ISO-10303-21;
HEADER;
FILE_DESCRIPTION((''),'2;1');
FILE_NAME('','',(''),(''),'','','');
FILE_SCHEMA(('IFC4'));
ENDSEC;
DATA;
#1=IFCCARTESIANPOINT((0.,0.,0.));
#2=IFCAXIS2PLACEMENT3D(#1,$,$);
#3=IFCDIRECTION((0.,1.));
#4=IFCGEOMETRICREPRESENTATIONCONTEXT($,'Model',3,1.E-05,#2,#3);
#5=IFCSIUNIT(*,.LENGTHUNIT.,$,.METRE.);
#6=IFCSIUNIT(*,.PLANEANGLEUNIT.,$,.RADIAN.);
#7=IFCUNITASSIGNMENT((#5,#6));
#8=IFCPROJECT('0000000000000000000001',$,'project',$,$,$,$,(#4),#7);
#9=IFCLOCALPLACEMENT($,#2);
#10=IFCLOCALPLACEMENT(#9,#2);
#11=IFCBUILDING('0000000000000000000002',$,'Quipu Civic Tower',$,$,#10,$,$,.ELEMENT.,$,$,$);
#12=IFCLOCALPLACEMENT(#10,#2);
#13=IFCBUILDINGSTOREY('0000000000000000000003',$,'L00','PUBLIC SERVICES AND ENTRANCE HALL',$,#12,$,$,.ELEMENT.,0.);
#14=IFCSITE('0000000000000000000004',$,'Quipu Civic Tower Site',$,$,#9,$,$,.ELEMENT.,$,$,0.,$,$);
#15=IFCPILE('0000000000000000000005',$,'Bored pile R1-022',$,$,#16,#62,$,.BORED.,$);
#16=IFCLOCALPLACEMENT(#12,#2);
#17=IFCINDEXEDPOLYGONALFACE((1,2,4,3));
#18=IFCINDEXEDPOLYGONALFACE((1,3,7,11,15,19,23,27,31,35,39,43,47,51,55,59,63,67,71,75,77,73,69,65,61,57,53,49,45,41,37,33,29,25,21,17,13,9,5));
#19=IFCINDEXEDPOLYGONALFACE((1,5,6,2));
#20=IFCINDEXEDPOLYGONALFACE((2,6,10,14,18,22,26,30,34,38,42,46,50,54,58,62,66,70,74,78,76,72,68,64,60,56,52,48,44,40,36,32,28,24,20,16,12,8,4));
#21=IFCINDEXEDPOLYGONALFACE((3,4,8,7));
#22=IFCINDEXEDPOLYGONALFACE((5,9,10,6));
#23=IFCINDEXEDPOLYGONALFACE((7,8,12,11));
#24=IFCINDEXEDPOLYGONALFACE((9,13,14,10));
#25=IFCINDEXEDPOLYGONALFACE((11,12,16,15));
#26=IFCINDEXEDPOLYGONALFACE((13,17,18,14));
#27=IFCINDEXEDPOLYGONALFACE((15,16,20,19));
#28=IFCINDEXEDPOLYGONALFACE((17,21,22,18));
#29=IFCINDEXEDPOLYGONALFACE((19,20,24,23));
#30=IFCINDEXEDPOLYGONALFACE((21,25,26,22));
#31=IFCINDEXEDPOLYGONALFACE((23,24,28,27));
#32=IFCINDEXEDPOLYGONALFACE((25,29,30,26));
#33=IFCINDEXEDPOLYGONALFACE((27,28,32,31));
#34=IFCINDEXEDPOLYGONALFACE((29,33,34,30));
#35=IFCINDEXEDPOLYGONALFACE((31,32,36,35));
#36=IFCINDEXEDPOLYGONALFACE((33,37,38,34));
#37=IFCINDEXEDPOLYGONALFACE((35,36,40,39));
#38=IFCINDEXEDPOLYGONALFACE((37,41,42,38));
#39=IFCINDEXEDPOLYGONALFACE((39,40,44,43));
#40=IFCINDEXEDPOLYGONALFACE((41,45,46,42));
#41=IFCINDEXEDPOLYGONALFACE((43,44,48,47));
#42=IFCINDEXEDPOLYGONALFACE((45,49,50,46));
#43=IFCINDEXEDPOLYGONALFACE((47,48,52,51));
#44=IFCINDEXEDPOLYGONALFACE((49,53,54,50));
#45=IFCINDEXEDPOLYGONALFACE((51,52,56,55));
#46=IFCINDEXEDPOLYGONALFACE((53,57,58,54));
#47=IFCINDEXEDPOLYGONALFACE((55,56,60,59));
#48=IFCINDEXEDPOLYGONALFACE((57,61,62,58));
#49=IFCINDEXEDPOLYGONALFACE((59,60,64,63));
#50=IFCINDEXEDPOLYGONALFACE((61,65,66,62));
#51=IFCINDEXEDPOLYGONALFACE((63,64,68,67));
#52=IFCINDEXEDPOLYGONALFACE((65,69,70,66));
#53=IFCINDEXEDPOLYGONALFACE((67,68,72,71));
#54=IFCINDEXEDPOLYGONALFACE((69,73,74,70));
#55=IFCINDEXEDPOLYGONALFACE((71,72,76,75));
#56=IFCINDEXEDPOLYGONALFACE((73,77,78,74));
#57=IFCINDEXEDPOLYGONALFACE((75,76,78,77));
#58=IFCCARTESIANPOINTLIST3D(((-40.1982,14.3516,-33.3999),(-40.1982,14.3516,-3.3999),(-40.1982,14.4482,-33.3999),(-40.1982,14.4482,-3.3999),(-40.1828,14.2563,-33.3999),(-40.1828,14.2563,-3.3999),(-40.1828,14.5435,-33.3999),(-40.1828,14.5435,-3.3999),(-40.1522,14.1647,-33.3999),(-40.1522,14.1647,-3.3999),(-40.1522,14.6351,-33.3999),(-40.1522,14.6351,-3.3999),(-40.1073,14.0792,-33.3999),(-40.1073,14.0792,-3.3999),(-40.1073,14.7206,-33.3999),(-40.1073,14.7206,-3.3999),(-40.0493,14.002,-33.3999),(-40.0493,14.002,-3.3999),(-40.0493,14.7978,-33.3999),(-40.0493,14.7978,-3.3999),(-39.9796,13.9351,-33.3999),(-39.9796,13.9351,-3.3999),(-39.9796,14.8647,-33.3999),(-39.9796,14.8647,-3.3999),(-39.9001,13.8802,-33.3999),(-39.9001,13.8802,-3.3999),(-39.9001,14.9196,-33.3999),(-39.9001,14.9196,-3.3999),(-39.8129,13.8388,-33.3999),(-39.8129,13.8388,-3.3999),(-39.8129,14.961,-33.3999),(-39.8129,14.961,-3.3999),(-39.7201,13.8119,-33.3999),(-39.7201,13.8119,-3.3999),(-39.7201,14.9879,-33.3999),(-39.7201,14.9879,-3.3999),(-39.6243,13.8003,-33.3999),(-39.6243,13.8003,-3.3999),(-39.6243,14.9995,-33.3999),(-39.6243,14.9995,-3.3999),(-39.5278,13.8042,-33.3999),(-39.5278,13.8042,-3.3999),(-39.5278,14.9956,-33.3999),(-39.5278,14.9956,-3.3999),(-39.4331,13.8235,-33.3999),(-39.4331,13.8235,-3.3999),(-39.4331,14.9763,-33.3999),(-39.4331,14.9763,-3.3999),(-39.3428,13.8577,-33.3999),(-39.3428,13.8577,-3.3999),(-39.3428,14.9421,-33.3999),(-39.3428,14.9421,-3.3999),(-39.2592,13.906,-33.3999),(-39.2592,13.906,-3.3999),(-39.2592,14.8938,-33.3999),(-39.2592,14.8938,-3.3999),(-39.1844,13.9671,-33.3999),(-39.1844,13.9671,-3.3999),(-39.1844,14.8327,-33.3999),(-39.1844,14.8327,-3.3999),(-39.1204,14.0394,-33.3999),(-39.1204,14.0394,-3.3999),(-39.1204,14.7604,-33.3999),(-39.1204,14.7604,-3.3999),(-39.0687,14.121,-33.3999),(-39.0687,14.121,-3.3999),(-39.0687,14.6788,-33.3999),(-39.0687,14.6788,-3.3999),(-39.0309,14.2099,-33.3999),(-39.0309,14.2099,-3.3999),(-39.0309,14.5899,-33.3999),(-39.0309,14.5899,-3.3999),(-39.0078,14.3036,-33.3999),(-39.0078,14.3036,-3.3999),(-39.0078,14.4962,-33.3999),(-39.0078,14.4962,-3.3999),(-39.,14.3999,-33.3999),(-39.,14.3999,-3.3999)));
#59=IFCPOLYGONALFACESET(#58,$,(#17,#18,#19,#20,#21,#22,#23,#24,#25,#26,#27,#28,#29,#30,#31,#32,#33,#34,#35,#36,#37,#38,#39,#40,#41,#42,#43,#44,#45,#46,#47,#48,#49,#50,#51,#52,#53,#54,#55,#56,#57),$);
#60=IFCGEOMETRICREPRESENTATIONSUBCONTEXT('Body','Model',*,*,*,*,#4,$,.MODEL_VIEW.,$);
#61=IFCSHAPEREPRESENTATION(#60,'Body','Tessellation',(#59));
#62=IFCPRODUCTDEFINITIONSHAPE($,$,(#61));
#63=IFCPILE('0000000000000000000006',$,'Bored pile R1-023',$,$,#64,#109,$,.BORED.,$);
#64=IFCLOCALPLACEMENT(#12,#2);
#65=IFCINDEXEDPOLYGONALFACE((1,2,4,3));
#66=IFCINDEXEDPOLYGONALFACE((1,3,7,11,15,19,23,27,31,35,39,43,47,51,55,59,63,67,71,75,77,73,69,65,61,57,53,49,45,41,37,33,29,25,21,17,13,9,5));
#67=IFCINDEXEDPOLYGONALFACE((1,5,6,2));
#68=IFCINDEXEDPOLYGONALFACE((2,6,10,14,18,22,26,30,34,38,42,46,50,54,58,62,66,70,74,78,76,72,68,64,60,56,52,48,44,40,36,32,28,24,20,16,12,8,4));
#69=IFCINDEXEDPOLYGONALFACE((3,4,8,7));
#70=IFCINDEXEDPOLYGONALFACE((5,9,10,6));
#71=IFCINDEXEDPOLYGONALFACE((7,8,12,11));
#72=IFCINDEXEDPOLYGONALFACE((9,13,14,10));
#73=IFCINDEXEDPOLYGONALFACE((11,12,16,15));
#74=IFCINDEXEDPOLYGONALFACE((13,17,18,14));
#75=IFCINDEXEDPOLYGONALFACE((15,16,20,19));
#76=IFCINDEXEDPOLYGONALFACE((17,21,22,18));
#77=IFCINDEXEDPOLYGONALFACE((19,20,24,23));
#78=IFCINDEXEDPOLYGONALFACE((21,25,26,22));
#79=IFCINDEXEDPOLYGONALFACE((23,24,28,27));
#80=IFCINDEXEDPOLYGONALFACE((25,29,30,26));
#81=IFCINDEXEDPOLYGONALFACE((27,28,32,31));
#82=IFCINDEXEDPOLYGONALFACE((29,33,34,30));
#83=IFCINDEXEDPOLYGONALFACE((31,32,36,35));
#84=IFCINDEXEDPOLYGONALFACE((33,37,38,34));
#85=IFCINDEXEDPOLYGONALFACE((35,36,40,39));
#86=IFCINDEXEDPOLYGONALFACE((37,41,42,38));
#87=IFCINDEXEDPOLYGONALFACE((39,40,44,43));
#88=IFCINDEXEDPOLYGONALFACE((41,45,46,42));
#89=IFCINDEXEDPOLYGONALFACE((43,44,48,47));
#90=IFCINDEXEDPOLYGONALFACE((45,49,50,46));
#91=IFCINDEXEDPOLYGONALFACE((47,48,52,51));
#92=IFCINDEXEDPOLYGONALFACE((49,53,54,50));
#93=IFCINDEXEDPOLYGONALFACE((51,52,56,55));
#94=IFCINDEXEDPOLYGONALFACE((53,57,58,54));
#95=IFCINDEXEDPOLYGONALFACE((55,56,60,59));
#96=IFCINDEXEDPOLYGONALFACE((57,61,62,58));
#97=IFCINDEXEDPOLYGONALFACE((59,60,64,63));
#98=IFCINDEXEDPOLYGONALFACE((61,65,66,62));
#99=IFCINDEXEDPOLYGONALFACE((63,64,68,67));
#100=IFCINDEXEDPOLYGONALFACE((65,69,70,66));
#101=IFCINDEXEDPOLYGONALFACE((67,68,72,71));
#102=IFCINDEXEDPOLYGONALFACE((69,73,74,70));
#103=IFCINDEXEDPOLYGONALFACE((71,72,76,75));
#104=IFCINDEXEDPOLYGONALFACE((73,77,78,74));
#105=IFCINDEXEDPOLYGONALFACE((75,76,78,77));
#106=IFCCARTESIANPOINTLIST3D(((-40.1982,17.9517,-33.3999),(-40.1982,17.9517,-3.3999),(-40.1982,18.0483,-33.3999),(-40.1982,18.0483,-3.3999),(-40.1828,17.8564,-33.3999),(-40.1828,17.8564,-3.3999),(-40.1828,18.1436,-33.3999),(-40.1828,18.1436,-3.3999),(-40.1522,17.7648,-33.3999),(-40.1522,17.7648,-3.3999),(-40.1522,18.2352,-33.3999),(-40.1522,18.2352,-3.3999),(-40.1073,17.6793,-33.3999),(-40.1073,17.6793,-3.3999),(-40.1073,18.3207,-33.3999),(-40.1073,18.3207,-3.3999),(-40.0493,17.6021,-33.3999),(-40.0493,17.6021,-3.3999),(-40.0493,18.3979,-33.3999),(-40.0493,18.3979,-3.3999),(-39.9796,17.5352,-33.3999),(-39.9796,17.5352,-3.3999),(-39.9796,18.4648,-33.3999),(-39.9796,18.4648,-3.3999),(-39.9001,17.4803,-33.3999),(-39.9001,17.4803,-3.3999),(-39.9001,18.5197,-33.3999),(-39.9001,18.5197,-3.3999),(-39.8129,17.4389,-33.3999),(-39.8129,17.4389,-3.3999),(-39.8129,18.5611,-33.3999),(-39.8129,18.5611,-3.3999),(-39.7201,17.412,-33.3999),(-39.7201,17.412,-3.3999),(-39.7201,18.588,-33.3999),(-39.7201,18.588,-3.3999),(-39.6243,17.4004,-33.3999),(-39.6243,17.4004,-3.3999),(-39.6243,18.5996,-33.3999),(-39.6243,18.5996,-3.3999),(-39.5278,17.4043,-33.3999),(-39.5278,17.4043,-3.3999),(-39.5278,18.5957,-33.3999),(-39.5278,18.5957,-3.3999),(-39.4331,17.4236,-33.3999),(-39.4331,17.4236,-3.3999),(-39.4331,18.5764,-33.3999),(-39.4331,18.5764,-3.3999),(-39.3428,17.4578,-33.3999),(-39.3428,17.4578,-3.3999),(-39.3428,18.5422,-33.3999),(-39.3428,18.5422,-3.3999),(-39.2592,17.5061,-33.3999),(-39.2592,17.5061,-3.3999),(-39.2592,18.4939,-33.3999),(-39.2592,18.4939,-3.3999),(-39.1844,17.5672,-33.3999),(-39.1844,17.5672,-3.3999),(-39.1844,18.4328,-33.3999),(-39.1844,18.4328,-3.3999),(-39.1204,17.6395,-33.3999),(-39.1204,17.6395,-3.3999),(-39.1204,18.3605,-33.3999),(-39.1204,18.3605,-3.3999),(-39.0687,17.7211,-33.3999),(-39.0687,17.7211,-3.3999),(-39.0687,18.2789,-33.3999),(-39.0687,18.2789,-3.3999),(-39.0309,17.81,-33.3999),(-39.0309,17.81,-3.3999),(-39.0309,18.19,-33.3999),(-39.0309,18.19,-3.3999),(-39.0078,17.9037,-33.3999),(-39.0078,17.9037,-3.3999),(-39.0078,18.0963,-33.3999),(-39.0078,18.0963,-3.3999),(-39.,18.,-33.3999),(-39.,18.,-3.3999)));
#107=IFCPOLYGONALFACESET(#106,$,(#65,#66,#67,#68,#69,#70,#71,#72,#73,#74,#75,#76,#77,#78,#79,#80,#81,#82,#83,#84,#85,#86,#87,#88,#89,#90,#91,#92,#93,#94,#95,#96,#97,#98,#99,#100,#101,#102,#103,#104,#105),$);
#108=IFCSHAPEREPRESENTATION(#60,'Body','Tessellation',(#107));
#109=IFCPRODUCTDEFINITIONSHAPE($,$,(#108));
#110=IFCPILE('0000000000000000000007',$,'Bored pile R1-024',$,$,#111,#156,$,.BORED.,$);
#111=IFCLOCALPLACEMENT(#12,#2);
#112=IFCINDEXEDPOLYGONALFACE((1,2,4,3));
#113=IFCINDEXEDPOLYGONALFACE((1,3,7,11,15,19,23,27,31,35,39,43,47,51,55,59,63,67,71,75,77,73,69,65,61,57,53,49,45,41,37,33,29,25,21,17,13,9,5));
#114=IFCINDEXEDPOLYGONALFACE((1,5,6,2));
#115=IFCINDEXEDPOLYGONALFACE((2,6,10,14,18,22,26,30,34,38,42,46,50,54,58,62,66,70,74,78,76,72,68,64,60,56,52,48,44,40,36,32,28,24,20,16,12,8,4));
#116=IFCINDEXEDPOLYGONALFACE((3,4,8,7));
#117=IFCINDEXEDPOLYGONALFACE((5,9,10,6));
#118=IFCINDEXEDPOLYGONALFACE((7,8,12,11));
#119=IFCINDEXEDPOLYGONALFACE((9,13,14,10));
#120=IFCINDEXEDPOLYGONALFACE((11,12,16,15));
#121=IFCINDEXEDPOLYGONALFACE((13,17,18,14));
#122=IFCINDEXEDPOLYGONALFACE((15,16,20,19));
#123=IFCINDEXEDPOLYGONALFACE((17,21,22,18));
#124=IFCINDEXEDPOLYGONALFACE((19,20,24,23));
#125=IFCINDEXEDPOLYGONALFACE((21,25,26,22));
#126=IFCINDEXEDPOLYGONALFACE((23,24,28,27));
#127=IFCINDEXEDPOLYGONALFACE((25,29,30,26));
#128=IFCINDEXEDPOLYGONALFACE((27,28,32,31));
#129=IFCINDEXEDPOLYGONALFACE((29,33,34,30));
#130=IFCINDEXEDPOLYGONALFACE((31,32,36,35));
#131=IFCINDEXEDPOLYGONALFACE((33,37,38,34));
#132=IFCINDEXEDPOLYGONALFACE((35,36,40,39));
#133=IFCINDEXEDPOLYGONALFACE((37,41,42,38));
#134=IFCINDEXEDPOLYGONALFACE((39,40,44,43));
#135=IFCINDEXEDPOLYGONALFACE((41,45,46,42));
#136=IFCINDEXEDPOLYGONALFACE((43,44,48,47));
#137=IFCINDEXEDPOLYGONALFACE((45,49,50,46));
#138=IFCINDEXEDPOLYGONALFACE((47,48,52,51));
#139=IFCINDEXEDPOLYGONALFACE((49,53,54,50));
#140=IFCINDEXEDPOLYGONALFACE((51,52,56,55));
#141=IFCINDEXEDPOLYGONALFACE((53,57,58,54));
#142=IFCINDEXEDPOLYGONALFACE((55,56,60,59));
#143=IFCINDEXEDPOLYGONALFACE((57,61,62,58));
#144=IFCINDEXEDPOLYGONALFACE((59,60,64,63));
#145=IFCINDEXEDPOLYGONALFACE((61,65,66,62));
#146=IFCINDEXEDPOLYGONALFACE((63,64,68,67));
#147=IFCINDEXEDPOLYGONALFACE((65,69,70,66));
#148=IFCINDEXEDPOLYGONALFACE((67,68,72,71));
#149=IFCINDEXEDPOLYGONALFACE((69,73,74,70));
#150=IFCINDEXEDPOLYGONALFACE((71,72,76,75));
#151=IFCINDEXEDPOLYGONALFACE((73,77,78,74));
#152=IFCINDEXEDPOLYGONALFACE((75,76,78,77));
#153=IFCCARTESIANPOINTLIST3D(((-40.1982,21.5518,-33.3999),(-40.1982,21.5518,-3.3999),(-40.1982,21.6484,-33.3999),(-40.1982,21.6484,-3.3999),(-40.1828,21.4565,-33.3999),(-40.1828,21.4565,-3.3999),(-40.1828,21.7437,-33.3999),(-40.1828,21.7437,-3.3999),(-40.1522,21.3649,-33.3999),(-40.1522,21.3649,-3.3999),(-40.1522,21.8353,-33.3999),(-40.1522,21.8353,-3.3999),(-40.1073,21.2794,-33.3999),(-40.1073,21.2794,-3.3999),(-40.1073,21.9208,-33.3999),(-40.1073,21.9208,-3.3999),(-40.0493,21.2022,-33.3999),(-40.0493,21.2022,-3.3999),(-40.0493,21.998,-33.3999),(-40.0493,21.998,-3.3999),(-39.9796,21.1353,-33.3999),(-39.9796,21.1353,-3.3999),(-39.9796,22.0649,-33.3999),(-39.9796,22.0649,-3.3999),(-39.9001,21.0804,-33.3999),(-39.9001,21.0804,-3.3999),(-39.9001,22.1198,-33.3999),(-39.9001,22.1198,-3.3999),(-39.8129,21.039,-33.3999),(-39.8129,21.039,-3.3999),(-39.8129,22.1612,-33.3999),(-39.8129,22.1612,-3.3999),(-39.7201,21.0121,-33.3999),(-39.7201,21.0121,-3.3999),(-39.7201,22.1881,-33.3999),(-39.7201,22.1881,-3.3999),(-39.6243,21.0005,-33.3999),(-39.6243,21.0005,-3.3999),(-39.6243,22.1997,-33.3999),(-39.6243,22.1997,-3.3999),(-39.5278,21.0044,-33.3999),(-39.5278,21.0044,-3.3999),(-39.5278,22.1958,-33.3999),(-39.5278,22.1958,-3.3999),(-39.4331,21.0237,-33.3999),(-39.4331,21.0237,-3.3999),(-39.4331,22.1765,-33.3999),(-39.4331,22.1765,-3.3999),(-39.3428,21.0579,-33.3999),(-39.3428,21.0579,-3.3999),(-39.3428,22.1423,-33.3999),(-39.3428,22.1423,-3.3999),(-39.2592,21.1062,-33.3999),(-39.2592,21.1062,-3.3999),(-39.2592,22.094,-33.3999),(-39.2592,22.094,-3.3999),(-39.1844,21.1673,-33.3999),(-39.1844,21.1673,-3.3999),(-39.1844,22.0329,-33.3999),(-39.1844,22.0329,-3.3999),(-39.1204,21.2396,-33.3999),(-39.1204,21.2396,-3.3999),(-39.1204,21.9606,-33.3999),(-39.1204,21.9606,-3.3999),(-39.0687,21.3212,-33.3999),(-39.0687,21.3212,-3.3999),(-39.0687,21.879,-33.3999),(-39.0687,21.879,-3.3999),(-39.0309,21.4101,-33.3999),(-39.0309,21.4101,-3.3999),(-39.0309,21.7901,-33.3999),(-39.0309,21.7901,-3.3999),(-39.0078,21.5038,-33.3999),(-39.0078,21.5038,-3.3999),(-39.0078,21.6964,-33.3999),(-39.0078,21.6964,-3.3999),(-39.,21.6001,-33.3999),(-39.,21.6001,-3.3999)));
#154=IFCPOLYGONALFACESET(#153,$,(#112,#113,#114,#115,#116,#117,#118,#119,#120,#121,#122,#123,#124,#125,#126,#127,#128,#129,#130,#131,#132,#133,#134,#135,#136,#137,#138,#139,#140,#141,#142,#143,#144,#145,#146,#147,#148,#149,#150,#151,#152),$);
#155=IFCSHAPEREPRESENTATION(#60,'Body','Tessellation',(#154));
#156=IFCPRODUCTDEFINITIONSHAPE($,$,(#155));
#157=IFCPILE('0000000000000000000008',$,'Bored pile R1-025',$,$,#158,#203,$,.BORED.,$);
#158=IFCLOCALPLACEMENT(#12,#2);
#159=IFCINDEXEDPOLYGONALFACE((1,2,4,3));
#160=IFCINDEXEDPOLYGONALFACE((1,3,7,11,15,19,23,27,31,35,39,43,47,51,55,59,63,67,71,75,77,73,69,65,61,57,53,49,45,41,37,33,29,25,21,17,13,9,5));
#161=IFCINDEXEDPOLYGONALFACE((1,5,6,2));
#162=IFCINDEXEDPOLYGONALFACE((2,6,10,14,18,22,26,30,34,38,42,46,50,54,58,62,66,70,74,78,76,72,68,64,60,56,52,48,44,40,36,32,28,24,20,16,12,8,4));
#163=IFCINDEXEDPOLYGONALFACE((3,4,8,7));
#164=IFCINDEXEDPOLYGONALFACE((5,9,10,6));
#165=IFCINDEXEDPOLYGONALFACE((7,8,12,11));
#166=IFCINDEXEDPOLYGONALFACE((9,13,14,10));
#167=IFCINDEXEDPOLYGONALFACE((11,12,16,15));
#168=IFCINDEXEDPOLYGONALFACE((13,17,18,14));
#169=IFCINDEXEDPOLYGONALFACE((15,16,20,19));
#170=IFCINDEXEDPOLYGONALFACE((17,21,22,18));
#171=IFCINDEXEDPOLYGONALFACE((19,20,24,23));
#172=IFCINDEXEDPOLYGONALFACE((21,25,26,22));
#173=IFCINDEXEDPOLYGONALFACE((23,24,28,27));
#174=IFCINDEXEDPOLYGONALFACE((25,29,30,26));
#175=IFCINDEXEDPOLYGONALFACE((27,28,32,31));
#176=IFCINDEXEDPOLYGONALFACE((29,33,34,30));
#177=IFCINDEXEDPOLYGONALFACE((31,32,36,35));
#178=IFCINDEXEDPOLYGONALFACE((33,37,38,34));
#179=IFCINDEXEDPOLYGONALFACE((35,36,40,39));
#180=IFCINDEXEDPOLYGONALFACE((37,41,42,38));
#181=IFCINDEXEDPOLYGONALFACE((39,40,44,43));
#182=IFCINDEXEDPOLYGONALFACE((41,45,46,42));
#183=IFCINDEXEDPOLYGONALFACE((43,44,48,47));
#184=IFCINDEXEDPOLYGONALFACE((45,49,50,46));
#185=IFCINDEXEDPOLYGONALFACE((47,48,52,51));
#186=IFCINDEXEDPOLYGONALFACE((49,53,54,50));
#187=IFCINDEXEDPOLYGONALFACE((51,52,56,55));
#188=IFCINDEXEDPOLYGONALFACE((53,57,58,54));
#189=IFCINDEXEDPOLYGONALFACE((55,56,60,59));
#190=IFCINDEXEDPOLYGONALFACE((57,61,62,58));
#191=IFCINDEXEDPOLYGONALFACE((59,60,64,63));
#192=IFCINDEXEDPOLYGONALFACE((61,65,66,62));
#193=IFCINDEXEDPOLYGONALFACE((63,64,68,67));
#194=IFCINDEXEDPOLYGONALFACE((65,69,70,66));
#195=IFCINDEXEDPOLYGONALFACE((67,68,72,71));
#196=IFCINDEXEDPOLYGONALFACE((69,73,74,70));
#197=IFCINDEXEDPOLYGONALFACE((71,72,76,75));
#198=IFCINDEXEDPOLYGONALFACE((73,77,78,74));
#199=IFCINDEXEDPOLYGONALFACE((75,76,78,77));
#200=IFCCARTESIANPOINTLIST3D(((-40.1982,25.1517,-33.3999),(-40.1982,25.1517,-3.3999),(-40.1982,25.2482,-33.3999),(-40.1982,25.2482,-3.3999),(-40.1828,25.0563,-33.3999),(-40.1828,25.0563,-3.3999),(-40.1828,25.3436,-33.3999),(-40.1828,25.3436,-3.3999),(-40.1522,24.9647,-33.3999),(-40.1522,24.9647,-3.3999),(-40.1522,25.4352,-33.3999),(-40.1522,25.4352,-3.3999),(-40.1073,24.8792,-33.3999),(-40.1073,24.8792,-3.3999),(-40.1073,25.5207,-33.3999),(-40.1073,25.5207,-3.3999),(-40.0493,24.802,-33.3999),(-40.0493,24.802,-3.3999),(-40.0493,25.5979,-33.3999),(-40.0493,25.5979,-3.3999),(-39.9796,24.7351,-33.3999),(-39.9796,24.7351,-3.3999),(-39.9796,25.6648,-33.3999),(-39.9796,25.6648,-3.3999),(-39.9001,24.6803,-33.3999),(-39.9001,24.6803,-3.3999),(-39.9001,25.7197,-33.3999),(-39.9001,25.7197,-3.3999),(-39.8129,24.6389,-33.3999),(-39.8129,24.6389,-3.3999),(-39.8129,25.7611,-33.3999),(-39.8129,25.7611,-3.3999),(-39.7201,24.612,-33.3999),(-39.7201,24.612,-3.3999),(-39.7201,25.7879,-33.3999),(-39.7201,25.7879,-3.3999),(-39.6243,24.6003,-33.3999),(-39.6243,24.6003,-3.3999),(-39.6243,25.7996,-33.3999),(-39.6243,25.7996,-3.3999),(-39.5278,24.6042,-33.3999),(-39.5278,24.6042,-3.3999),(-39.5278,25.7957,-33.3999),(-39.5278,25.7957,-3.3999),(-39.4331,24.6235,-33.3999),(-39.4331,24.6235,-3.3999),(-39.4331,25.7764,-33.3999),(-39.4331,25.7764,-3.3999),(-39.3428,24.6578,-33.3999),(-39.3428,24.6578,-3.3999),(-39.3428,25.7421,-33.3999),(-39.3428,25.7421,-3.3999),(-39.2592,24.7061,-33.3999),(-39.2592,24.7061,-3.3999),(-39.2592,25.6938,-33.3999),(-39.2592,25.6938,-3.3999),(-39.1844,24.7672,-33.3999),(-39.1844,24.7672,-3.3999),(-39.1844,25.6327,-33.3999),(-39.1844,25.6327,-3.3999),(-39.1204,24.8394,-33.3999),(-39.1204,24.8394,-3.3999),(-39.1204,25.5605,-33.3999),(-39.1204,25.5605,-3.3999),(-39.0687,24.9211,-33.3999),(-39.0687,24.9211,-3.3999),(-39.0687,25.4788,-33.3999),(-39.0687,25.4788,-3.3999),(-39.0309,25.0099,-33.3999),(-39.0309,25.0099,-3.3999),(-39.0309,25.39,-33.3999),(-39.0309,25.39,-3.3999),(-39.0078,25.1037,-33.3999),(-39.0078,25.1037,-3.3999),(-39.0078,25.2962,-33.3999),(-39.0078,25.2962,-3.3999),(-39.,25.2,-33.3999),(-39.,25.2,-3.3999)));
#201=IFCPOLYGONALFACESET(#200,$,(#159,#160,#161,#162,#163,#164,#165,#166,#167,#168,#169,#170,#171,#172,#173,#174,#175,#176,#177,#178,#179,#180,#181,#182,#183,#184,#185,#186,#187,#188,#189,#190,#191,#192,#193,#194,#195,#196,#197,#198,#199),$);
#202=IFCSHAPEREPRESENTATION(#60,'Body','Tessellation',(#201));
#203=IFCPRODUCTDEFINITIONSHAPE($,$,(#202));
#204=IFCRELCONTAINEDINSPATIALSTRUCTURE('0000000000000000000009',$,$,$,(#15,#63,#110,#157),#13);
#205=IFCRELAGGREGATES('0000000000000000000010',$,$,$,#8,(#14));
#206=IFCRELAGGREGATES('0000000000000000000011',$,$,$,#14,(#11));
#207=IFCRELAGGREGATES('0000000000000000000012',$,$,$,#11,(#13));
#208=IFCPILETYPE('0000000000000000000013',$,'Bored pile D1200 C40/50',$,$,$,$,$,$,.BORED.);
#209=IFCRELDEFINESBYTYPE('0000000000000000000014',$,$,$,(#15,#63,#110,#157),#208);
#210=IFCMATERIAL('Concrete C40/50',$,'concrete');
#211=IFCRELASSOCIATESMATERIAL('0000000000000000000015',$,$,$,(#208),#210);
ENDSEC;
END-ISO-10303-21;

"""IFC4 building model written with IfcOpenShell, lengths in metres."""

from ifc_helpers import new_model, si_unit, direction, frame, origin, origin_2d, place, context, subcontext, project, spatial, circle, extrude, material, material_profile, profile_set, type_object, element, save


model = new_model("IFC4")

# Units and contexts
model_context = context("Model", 3, precision=1e-05, world=origin(), true_north=direction((0.0, 1.0)))
body_context = subcontext(model_context, "Body", "Model", "MODEL_VIEW")
ifc_project = project(units=[si_unit("LENGTHUNIT", "METRE"), si_unit("PLANEANGLEUNIT", "RADIAN")], contexts=[model_context])

# Site, building, storey
site_placement = place(None, origin())
site = spatial("IfcSite", under=ifc_project, at=site_placement, Name="Quipu Civic Tower Site", CompositionType="ELEMENT", RefElevation=0.0)
building_placement = place(site_placement, origin())
building = spatial("IfcBuilding", under=site, at=building_placement, Name="Quipu Civic Tower", CompositionType="ELEMENT")
storey_placement = place(building_placement, origin())
storey = spatial("IfcBuildingStorey", under=building, at=storey_placement, Name="L00", Description="PUBLIC SERVICES AND ENTRANCE HALL", CompositionType="ELEMENT", Elevation=0.0)

# Piles
ifc_material_1 = material(Name="Concrete C40/50", Category="concrete")
ifc_material_profile = material_profile(ifc_material_1, circle(Radius=0.6001, at=origin_2d()), Name="RCD1200")
ifc_profile_set = profile_set([ifc_material_profile], Name="Concrete C40/50")
pile_type = type_object("IfcPileType", Name="Bored pile D1200 C40/50", PredefinedType="BORED", material=ifc_profile_set)
for number, where, z_axis, x_axis, name in (
    (1, (-39.6001, 14.3999, -3.3999), (0.0, 0.0, -1.0), (1.0, 0.0, 0.0), "Bored pile R1-022"),
    (2, (-39.6001, 18.0, -3.3999), (0.0, 0.0, -1.0), (1.0, 0.0, 0.0), "Bored pile R1-023"),
    (3, (-39.6001, 21.6001, -3.3999), (0.0, 0.0, -1.0), (1.0, 0.0, 0.0), "Bored pile R1-024"),
    (4, (-39.6001, 25.2, -3.3999), (0.0, 0.0, -1.0), (1.0, 0.0, 0.0), "Bored pile R1-025"),
):
    element("IfcPile", number, at=place(storey_placement, frame(where, z_axis=z_axis, x_axis=x_axis)), inside=storey, type_object=pile_type, Name=name, PredefinedType="BORED", context=body_context, shape_type="SweptSolid", body=[
        extrude(circle(Radius=0.6001, at=origin_2d()), origin(), (0.0, 0.0, 1.0), 30.0),
    ])

save(model, "model.ifc")
